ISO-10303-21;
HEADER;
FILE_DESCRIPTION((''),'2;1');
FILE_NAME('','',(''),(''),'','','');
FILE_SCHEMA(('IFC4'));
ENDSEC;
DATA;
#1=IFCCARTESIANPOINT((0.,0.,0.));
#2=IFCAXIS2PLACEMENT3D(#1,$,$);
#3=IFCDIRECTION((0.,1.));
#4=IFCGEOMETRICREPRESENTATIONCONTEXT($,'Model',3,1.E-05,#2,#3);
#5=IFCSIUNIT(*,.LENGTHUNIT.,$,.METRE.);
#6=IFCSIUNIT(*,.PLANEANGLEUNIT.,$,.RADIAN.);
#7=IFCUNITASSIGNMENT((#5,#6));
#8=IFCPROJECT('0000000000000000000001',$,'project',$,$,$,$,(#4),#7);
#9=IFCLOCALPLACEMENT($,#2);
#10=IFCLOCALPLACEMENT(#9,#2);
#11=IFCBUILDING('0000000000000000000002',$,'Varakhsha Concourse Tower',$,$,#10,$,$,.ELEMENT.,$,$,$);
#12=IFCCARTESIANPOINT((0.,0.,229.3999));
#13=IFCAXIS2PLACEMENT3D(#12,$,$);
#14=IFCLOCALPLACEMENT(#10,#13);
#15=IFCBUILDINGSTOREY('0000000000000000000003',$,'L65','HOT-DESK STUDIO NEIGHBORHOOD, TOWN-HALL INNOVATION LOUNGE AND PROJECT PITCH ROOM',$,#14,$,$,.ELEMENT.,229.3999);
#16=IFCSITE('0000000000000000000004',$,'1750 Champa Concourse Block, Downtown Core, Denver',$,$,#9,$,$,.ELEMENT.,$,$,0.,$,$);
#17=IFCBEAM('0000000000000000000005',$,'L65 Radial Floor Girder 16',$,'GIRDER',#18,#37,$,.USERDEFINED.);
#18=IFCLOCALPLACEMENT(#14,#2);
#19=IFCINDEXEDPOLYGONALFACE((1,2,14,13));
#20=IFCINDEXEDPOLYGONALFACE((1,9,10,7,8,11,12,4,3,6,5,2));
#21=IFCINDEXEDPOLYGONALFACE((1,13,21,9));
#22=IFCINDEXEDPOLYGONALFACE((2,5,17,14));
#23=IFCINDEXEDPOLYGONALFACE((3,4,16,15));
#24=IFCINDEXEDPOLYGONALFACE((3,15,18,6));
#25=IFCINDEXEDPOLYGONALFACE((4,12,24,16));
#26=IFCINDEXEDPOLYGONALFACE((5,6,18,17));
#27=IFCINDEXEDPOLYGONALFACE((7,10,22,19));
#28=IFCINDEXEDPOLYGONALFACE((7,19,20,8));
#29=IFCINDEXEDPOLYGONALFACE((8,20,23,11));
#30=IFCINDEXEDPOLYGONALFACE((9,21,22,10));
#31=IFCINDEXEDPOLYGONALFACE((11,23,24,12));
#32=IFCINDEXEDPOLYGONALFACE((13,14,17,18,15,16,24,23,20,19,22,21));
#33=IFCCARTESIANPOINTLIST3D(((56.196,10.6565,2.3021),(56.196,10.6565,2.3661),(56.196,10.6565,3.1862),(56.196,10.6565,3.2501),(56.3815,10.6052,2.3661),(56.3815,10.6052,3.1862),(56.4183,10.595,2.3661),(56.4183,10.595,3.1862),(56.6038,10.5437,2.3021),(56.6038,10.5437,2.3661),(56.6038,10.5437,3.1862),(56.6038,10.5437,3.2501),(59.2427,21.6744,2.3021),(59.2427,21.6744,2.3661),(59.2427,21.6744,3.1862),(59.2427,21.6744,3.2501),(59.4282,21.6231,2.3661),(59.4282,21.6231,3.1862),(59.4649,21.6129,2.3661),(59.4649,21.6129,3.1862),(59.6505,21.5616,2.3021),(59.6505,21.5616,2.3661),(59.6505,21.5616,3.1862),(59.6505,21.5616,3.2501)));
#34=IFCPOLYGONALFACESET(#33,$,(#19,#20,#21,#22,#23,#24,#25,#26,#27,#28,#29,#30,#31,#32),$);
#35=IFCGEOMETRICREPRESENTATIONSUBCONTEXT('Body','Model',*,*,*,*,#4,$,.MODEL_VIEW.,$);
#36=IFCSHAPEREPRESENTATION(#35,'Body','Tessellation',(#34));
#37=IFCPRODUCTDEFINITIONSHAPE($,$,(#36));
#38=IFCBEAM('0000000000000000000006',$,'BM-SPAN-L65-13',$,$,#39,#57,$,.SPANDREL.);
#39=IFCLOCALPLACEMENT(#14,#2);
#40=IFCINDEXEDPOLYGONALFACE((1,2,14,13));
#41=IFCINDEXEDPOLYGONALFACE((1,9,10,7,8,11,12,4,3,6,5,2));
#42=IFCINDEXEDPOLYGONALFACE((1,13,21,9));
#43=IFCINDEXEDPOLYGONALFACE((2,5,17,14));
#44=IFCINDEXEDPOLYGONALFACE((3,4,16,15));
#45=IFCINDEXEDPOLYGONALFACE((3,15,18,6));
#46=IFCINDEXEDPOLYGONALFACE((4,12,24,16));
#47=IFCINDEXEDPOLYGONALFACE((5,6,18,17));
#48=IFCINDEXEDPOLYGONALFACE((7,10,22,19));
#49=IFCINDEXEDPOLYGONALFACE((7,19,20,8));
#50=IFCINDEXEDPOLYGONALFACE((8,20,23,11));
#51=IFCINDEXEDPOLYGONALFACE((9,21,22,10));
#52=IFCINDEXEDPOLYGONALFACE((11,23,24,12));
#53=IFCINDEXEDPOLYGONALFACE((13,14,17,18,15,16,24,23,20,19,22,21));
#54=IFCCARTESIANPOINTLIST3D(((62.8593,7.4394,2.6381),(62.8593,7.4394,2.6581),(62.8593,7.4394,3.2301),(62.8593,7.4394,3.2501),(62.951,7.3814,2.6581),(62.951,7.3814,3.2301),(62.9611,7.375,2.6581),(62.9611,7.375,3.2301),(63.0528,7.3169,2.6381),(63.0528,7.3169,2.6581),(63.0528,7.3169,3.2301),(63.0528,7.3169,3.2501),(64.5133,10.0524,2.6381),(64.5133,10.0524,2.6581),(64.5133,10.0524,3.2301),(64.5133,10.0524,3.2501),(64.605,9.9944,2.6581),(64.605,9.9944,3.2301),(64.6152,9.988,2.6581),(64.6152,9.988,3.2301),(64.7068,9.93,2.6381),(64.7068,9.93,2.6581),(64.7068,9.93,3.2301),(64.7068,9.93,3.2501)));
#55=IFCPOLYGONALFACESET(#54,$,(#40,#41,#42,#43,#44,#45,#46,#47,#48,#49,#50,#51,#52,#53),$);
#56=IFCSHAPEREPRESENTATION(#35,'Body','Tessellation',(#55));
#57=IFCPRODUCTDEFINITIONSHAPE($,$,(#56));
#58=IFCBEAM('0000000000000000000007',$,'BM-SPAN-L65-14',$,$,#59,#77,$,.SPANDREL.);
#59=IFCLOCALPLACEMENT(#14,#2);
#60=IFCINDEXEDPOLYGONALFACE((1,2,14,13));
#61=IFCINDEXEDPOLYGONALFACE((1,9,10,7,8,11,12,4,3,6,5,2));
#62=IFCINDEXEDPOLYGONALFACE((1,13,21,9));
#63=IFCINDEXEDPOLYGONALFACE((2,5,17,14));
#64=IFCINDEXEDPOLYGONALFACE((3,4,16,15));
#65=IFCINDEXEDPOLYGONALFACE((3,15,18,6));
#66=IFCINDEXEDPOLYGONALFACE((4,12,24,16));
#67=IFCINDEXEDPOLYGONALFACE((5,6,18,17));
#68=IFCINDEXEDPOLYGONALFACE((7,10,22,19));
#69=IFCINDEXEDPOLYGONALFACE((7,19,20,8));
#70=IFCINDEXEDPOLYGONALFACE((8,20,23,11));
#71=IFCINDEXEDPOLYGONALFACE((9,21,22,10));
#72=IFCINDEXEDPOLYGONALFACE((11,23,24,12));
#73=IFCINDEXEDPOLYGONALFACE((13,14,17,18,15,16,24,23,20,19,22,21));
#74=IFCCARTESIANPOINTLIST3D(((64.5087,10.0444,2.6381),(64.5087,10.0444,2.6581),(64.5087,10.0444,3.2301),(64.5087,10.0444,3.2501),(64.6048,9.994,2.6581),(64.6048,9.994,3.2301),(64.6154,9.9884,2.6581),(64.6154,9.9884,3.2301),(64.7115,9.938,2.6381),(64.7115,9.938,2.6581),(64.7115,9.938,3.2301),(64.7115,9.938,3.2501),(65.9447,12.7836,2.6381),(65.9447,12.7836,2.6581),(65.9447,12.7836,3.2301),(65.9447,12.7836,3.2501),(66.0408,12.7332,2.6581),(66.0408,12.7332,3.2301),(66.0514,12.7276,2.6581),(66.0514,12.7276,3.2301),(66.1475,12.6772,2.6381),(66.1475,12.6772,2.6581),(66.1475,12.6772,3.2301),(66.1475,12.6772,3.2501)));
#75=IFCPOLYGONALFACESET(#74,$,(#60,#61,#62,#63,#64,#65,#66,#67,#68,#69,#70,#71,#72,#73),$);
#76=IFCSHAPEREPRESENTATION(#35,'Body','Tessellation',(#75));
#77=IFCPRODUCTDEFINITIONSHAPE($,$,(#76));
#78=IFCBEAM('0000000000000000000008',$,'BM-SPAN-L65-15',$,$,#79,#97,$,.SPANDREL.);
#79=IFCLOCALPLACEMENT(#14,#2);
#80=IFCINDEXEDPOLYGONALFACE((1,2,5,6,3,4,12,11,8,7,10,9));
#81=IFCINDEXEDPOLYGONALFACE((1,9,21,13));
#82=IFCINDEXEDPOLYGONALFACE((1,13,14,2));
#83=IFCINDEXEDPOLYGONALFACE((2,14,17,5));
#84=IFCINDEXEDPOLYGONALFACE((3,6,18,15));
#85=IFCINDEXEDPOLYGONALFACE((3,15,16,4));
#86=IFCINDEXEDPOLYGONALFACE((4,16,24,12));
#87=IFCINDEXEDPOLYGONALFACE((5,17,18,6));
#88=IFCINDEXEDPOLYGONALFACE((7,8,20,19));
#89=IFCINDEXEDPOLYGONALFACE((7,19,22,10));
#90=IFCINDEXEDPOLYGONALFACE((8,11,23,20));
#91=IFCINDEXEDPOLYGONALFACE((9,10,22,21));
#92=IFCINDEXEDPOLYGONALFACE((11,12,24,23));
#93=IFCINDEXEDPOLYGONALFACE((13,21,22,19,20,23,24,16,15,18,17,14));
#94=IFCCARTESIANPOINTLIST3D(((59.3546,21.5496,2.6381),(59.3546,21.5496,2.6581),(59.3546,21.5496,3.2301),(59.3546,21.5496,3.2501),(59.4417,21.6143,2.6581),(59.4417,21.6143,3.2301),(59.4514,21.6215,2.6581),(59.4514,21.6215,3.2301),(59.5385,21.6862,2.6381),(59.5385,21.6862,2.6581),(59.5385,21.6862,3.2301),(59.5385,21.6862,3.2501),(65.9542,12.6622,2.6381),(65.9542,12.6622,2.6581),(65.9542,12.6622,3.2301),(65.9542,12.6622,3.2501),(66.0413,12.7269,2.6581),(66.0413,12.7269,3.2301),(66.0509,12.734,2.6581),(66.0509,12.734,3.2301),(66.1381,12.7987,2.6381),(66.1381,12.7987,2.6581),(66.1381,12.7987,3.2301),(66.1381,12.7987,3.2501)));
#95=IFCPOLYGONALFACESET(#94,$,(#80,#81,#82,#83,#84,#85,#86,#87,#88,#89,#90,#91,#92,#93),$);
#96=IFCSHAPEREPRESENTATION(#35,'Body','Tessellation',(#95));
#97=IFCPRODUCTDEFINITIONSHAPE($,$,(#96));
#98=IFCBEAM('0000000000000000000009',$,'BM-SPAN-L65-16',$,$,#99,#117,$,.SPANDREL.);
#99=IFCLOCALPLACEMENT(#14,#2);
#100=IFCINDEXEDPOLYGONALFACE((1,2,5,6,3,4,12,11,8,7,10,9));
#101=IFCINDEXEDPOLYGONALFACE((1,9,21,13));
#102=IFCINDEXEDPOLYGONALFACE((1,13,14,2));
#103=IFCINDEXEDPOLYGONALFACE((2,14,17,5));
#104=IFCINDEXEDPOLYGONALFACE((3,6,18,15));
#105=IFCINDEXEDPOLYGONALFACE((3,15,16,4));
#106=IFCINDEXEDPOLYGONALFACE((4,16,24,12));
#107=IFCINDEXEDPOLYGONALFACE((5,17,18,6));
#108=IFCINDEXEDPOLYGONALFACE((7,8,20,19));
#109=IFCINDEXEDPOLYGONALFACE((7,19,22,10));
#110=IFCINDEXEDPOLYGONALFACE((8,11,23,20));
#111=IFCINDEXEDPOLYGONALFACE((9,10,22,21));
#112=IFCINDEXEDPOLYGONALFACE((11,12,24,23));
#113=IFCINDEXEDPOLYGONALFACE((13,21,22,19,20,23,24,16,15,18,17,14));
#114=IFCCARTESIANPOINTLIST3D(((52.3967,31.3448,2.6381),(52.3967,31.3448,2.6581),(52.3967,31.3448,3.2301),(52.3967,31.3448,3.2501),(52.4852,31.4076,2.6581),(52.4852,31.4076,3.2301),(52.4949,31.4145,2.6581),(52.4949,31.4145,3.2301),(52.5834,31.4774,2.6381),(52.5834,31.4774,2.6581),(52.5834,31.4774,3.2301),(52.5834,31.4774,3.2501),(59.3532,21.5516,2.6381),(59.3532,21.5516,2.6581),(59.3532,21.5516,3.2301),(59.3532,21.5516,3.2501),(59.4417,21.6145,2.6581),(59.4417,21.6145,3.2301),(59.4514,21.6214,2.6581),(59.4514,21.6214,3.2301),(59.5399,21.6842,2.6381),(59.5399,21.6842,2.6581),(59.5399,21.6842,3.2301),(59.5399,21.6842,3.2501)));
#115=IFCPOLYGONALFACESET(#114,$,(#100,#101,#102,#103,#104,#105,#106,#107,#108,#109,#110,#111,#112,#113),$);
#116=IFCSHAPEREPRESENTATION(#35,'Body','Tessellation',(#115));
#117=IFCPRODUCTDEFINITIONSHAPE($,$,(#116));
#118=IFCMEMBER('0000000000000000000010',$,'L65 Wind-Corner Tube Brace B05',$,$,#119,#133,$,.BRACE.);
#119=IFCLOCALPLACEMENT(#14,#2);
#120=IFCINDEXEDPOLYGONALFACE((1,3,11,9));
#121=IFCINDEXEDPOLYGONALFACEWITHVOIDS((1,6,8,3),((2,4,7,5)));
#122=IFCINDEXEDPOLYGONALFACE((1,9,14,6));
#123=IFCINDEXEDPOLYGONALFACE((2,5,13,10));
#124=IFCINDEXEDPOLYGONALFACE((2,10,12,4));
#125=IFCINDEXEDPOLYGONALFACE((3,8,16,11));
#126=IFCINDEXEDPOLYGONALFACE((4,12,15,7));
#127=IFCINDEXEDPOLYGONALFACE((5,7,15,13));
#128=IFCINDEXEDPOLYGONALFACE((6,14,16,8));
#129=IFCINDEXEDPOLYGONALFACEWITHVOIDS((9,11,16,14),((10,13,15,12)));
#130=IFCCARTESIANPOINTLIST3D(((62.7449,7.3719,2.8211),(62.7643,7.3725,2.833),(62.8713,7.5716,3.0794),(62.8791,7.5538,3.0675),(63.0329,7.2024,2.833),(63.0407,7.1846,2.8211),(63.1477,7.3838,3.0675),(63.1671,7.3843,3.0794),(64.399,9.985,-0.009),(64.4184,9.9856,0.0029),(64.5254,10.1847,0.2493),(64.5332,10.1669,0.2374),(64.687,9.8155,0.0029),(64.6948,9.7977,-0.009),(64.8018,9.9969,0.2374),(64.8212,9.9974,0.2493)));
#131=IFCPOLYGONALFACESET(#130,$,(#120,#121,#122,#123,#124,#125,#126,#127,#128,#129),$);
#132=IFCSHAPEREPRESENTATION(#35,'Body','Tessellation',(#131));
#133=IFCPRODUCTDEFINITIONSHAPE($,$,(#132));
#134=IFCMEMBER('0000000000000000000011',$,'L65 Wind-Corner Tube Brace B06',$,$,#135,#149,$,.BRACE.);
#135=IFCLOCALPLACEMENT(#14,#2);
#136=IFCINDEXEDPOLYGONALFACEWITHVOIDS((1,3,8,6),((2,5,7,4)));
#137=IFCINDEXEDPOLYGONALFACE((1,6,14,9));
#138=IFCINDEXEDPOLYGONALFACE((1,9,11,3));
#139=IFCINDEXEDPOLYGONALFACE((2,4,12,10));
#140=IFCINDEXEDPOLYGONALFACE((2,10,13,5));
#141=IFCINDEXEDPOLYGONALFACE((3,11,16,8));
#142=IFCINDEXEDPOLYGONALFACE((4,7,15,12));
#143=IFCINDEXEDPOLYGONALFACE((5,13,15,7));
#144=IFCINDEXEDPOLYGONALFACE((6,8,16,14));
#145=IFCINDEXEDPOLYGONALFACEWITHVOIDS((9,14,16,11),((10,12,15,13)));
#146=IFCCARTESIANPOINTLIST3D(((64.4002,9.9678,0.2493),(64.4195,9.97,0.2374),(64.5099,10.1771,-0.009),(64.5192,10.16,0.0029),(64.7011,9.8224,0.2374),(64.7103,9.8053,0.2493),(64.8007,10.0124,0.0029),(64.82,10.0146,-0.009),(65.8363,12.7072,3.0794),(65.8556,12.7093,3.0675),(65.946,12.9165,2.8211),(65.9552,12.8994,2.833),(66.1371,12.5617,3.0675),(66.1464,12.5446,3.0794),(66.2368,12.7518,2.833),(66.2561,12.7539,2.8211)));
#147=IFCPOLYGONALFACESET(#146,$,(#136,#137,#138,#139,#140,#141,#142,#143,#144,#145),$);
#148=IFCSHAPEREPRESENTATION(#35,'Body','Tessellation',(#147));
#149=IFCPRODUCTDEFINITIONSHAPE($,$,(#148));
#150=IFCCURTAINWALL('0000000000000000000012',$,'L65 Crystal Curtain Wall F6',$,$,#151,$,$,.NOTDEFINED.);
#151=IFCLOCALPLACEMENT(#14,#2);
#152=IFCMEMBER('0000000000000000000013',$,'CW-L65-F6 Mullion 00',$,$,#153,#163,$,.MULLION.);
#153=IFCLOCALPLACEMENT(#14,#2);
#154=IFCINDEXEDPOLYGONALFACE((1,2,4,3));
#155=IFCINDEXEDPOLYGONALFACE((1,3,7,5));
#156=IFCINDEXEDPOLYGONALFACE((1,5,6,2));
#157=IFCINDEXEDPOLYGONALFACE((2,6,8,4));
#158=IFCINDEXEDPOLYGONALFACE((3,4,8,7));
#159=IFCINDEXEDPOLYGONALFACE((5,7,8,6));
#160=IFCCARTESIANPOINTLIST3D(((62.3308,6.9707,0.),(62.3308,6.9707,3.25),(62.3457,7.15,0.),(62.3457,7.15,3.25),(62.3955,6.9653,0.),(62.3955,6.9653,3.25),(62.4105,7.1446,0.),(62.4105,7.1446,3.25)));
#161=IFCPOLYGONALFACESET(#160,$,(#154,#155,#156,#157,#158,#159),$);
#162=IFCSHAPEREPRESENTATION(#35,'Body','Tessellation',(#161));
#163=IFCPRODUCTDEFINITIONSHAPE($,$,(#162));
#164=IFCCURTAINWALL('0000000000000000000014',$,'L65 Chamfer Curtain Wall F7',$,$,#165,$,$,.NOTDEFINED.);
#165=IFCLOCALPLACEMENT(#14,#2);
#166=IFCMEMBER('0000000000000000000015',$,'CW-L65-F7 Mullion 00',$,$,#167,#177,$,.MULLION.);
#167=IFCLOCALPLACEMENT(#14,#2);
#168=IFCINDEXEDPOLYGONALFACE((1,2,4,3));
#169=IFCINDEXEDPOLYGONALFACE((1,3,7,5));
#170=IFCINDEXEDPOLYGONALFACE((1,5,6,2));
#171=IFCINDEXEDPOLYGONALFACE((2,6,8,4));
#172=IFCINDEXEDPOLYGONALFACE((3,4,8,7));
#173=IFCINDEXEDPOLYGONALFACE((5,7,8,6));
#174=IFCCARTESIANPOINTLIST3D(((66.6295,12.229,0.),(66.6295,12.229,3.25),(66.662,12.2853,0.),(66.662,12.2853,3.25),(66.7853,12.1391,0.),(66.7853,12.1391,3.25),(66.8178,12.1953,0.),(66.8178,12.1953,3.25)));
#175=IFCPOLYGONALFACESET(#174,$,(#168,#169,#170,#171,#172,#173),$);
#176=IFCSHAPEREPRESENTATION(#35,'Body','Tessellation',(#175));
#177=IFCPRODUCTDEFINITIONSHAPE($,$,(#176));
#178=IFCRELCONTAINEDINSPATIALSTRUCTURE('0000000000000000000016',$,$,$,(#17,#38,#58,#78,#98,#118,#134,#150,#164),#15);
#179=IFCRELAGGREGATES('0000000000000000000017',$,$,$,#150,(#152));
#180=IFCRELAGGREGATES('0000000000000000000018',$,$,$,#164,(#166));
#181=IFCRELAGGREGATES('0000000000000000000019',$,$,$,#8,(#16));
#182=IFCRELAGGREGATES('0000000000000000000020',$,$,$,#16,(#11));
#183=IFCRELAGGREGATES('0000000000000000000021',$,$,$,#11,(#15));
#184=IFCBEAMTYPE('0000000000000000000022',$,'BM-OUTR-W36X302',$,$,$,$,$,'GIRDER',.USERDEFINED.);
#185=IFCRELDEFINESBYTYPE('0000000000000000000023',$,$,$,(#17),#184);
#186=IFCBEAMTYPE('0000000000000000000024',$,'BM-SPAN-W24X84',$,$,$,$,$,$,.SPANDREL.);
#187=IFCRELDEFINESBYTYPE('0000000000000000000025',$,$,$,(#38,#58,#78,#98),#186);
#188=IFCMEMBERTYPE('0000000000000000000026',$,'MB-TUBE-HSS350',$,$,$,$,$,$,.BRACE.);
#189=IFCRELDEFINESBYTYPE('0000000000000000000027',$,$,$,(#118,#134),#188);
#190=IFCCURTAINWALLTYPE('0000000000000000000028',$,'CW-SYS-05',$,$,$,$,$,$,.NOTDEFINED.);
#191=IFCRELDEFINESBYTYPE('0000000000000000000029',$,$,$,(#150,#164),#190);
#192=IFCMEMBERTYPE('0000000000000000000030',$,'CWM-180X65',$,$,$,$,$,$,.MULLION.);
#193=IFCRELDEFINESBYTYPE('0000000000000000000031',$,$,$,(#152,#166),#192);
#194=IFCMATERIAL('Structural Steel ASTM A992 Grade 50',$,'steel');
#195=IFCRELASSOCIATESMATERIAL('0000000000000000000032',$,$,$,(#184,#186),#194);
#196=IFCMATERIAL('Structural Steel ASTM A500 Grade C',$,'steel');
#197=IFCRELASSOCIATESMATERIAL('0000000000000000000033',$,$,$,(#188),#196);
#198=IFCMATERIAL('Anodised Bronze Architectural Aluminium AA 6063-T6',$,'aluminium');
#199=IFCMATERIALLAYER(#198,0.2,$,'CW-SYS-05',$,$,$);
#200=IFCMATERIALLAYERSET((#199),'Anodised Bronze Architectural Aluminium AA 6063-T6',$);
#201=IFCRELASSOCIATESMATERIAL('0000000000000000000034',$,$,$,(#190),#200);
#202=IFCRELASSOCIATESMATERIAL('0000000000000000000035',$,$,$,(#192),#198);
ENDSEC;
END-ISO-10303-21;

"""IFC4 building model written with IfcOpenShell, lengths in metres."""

from ifc_helpers import new_model, si_unit, direction, frame, origin, origin_2d, place, context, subcontext, project, spatial, rectangle, hollow_rectangle, i_section, extrude, source, transform, mapped, material, layer, layer_set, material_profile, profile_set, type_object, type_shapes, element, aggregate, save


model = new_model("IFC4")

# Units and contexts
model_context = context("Model", 3, precision=1e-05, world=origin(), true_north=direction((0.0, 1.0)))
body_context = subcontext(model_context, "Body", "Model", "MODEL_VIEW")
ifc_project = project(units=[si_unit("LENGTHUNIT", "METRE"), si_unit("PLANEANGLEUNIT", "RADIAN")], contexts=[model_context])

# Site, building, storey
site_placement = place(None, origin())
site = spatial("IfcSite", under=ifc_project, at=site_placement, Name="1750 Champa Concourse Block, Downtown Core, Denver", CompositionType="ELEMENT", RefElevation=0.0)
building_placement = place(site_placement, origin())
building = spatial("IfcBuilding", under=site, at=building_placement, Name="Varakhsha Concourse Tower", CompositionType="ELEMENT")
storey_placement = place(building_placement, frame((0.0, 0.0, 229.3999)))
storey = spatial("IfcBuildingStorey", under=building, at=storey_placement, Name="L65", Description="HOT-DESK STUDIO NEIGHBORHOOD, TOWN-HALL INNOVATION LOUNGE AND PROJECT PITCH ROOM", CompositionType="ELEMENT", Elevation=229.3999)

# Beams
ifc_material_1 = material(Name="Structural Steel ASTM A992 Grade 50", Category="steel")
ifc_material_profile_1 = material_profile(ifc_material_1, i_section(OverallWidth=0.4231, OverallDepth=0.948, WebThickness=0.0381, FlangeThickness=0.064, at=origin_2d()), Name="W36X302")
ifc_profile_set_1 = profile_set([ifc_material_profile_1], Name="Structural Steel ASTM A992 Grade 50")
beam_type_1 = type_object("IfcBeamType", Name="BM-OUTR-W36X302", ElementType="GIRDER", PredefinedType="USERDEFINED", material=ifc_profile_set_1)
beam_1_placement = place(storey_placement, frame((56.3999, 10.6001, 2.7761), z_axis=(0.266517, 0.96383, 0.0), x_axis=(-0.96383, 0.266517, 0.0)))
element("IfcBeam", 1, at=beam_1_placement, inside=storey, type_object=beam_type_1, Name="L65 Radial Floor Girder 16", ObjectType="GIRDER", PredefinedType="USERDEFINED", context=body_context, shape_type="SweptSolid", body=[
    extrude(i_section(OverallWidth=0.4231, OverallDepth=0.948, WebThickness=0.0381, FlangeThickness=0.064, at=origin_2d()), origin(), (0.0, 0.0, 1.0), 11.4314),
])
ifc_material_profile_2 = material_profile(ifc_material_1, i_section(OverallWidth=0.229, OverallDepth=0.6121, WebThickness=0.012, FlangeThickness=0.02, at=origin_2d()), Name="W24X84")
ifc_profile_set_2 = profile_set([ifc_material_profile_2], Name="Structural Steel ASTM A992 Grade 50")
beam_type_2 = type_object("IfcBeamType", Name="BM-SPAN-W24X84", PredefinedType="SPANDREL", material=ifc_profile_set_2)
beam_2_placement = place(storey_placement, frame((62.9561, 7.3782, 2.9441), z_axis=(0.534851, 0.844946, 0.0), x_axis=(-0.844946, 0.534851, 0.0)))
element("IfcBeam", 2, at=beam_2_placement, inside=storey, type_object=beam_type_2, Name="BM-SPAN-L65-13", PredefinedType="SPANDREL", context=body_context, shape_type="SweptSolid", body=[
    extrude(i_section(OverallWidth=0.229, OverallDepth=0.6121, WebThickness=0.012, FlangeThickness=0.02, at=origin_2d()), origin(), (0.0, 0.0, 1.0), 3.0925),
])
beam_3_placement = place(storey_placement, frame((64.6101, 9.9912, 2.9441), z_axis=(0.464308, 0.885674, 0.0), x_axis=(-0.885674, 0.464308, 0.0)))
element("IfcBeam", 3, at=beam_3_placement, inside=storey, type_object=beam_type_2, Name="BM-SPAN-L65-14", PredefinedType="SPANDREL", context=body_context, shape_type="SweptSolid", body=[
    extrude(i_section(OverallWidth=0.229, OverallDepth=0.6121, WebThickness=0.012, FlangeThickness=0.02, at=origin_2d()), origin(), (0.0, 0.0, 1.0), 3.0928),
])
beam_4_placement = place(storey_placement, frame((66.0461, 12.7305, 2.9441), z_axis=(-0.596179, 0.802852, 0.0), x_axis=(-0.802852, -0.596179, 0.0)))
element("IfcBeam", 4, at=beam_4_placement, inside=storey, type_object=beam_type_2, Name="BM-SPAN-L65-15", PredefinedType="SPANDREL", context=body_context, shape_type="SweptSolid", body=[
    extrude(i_section(OverallWidth=0.229, OverallDepth=0.6121, WebThickness=0.012, FlangeThickness=0.02, at=origin_2d()), origin(), (0.0, 0.0, 1.0), 11.0698),
])
beam_5_placement = place(storey_placement, frame((59.4465, 21.6179, 2.9441), z_axis=(-0.579108, 0.815251, 0.0), x_axis=(-0.815251, -0.579108, 0.0)))
element("IfcBeam", 5, at=beam_5_placement, inside=storey, type_object=beam_type_2, Name="BM-SPAN-L65-16", PredefinedType="SPANDREL", context=body_context, shape_type="SweptSolid", body=[
    extrude(i_section(OverallWidth=0.229, OverallDepth=0.6121, WebThickness=0.012, FlangeThickness=0.02, at=origin_2d()), origin(), (0.0, 0.0, 1.0), 12.0125),
])

# Members
ifc_material_2 = material(Name="Structural Steel ASTM A500 Grade C", Category="steel")
ifc_material_profile_3 = material_profile(ifc_material_2, hollow_rectangle(XDim=0.3501, YDim=0.3501, WallThickness=0.0161, at=origin_2d()), Name="HSS 350x350x16")
ifc_profile_set_3 = profile_set([ifc_material_profile_3], Name="Structural Steel ASTM A500 Grade C")
member_type_1 = type_object("IfcMemberType", Name="MB-TUBE-HSS350", PredefinedType="BRACE", material=ifc_profile_set_3)
shared_shape_1 = source(origin(), body_context, "Body", "SweptSolid", [
    extrude(hollow_rectangle(XDim=0.3501, YDim=0.3501, WallThickness=0.0161, at=origin_2d()), origin(), (0.0, 0.0, 1.0), 4.1921),
])
member_1_placement = place(storey_placement, frame((64.6101, 9.9912, 0.1201), z_axis=(-0.39457, -0.623333, 0.675108), x_axis=(0.844946, -0.534851, 0.0)))
element("IfcMember", 6, at=member_1_placement, inside=storey, type_object=member_type_1, Name="L65 Wind-Corner Tube Brace B05", PredefinedType="BRACE", context=body_context, shape_type="MappedRepresentation", body=[
    mapped(shared_shape_1, transform((0.0, 0.0, 0.0), scale=1.0)),
])
shared_shape_2 = source(origin(), body_context, "Body", "SweptSolid", [
    extrude(hollow_rectangle(XDim=0.3501, YDim=0.3501, WallThickness=0.0161, at=origin_2d()), origin(), (0.0, 0.0, 1.0), 4.1924),
])
type_shapes(member_type_1, [shared_shape_1, shared_shape_2])
member_2_placement = place(storey_placement, frame((64.6101, 9.9912, 0.1201), z_axis=(0.342544, 0.653408, 0.675072), x_axis=(-0.885674, 0.464308, 0.0)))
element("IfcMember", 7, at=member_2_placement, inside=storey, type_object=member_type_1, Name="L65 Wind-Corner Tube Brace B06", PredefinedType="BRACE", context=body_context, shape_type="MappedRepresentation", body=[
    mapped(shared_shape_2, transform((0.0, 0.0, 0.0), scale=1.0)),
])

# Curtain wall, member
ifc_material_3 = material(Name="Anodised Bronze Architectural Aluminium AA 6063-T6", Category="aluminium")
ifc_layer_1 = layer(ifc_material_3, 0.2, Name="CW-SYS-05")
ifc_layer_set_1 = layer_set([ifc_layer_1], Name="Anodised Bronze Architectural Aluminium AA 6063-T6")
curtain_wall_type = type_object("IfcCurtainWallType", Name="CW-SYS-05", PredefinedType="NOTDEFINED", material=ifc_layer_set_1)
curtain_wall_1_placement = place(storey_placement, origin())
curtain_wall_1 = element("IfcCurtainWall", 8, at=curtain_wall_1_placement, inside=storey, type_object=curtain_wall_type, Name="L65 Crystal Curtain Wall F6", PredefinedType="NOTDEFINED")
ifc_material_profile_4 = material_profile(ifc_material_3, rectangle(XDim=0.0649, YDim=0.1799, at=origin_2d()), Name="CWM-180X65")
ifc_profile_set_4 = profile_set([ifc_material_profile_4], Name="Anodised Bronze Architectural Aluminium AA 6063-T6")
member_type_2 = type_object("IfcMemberType", Name="CWM-180X65", PredefinedType="MULLION", material=ifc_profile_set_4)
shared_shape_3 = source(origin(), body_context, "Body", "SweptSolid", [
    extrude(rectangle(XDim=0.0649, YDim=0.1799, at=origin_2d()), origin(), (0.0, 0.0, 1.0), 3.25),
])
type_shapes(member_type_2, [shared_shape_3])
member_3_placement = place(storey_placement, frame((62.3706, 7.0576, 0.0), z_axis=(0.0, 0.0, 1.0), x_axis=(-0.996529, 0.083247, 0.0)))
member_3 = element("IfcMember", 9, at=member_3_placement, type_object=member_type_2, Name="CW-L65-F6 Mullion 00", PredefinedType="MULLION", context=body_context, shape_type="MappedRepresentation", body=[
    mapped(shared_shape_3, transform((0.0, 0.0, 0.0), scale=1.0)),
])

# Curtain wall, member
curtain_wall_2_placement = place(storey_placement, origin())
curtain_wall_2 = element("IfcCurtainWall", 10, at=curtain_wall_2_placement, inside=storey, type_object=curtain_wall_type, Name="L65 Chamfer Curtain Wall F7", PredefinedType="NOTDEFINED")
member_4_placement = place(storey_placement, frame((66.7236, 12.2122, 0.0), z_axis=(0.0, 0.0, 1.0), x_axis=(-0.499994, -0.866029, 0.0)))
member_4 = element("IfcMember", 11, at=member_4_placement, type_object=member_type_2, Name="CW-L65-F7 Mullion 00", PredefinedType="MULLION", context=body_context, shape_type="MappedRepresentation", body=[
    mapped(shared_shape_3, transform((0.0, 0.0, 0.0), scale=1.0)),
])

aggregate(curtain_wall_1, [member_3])
aggregate(curtain_wall_2, [member_4])

save(model, "model.ifc")
